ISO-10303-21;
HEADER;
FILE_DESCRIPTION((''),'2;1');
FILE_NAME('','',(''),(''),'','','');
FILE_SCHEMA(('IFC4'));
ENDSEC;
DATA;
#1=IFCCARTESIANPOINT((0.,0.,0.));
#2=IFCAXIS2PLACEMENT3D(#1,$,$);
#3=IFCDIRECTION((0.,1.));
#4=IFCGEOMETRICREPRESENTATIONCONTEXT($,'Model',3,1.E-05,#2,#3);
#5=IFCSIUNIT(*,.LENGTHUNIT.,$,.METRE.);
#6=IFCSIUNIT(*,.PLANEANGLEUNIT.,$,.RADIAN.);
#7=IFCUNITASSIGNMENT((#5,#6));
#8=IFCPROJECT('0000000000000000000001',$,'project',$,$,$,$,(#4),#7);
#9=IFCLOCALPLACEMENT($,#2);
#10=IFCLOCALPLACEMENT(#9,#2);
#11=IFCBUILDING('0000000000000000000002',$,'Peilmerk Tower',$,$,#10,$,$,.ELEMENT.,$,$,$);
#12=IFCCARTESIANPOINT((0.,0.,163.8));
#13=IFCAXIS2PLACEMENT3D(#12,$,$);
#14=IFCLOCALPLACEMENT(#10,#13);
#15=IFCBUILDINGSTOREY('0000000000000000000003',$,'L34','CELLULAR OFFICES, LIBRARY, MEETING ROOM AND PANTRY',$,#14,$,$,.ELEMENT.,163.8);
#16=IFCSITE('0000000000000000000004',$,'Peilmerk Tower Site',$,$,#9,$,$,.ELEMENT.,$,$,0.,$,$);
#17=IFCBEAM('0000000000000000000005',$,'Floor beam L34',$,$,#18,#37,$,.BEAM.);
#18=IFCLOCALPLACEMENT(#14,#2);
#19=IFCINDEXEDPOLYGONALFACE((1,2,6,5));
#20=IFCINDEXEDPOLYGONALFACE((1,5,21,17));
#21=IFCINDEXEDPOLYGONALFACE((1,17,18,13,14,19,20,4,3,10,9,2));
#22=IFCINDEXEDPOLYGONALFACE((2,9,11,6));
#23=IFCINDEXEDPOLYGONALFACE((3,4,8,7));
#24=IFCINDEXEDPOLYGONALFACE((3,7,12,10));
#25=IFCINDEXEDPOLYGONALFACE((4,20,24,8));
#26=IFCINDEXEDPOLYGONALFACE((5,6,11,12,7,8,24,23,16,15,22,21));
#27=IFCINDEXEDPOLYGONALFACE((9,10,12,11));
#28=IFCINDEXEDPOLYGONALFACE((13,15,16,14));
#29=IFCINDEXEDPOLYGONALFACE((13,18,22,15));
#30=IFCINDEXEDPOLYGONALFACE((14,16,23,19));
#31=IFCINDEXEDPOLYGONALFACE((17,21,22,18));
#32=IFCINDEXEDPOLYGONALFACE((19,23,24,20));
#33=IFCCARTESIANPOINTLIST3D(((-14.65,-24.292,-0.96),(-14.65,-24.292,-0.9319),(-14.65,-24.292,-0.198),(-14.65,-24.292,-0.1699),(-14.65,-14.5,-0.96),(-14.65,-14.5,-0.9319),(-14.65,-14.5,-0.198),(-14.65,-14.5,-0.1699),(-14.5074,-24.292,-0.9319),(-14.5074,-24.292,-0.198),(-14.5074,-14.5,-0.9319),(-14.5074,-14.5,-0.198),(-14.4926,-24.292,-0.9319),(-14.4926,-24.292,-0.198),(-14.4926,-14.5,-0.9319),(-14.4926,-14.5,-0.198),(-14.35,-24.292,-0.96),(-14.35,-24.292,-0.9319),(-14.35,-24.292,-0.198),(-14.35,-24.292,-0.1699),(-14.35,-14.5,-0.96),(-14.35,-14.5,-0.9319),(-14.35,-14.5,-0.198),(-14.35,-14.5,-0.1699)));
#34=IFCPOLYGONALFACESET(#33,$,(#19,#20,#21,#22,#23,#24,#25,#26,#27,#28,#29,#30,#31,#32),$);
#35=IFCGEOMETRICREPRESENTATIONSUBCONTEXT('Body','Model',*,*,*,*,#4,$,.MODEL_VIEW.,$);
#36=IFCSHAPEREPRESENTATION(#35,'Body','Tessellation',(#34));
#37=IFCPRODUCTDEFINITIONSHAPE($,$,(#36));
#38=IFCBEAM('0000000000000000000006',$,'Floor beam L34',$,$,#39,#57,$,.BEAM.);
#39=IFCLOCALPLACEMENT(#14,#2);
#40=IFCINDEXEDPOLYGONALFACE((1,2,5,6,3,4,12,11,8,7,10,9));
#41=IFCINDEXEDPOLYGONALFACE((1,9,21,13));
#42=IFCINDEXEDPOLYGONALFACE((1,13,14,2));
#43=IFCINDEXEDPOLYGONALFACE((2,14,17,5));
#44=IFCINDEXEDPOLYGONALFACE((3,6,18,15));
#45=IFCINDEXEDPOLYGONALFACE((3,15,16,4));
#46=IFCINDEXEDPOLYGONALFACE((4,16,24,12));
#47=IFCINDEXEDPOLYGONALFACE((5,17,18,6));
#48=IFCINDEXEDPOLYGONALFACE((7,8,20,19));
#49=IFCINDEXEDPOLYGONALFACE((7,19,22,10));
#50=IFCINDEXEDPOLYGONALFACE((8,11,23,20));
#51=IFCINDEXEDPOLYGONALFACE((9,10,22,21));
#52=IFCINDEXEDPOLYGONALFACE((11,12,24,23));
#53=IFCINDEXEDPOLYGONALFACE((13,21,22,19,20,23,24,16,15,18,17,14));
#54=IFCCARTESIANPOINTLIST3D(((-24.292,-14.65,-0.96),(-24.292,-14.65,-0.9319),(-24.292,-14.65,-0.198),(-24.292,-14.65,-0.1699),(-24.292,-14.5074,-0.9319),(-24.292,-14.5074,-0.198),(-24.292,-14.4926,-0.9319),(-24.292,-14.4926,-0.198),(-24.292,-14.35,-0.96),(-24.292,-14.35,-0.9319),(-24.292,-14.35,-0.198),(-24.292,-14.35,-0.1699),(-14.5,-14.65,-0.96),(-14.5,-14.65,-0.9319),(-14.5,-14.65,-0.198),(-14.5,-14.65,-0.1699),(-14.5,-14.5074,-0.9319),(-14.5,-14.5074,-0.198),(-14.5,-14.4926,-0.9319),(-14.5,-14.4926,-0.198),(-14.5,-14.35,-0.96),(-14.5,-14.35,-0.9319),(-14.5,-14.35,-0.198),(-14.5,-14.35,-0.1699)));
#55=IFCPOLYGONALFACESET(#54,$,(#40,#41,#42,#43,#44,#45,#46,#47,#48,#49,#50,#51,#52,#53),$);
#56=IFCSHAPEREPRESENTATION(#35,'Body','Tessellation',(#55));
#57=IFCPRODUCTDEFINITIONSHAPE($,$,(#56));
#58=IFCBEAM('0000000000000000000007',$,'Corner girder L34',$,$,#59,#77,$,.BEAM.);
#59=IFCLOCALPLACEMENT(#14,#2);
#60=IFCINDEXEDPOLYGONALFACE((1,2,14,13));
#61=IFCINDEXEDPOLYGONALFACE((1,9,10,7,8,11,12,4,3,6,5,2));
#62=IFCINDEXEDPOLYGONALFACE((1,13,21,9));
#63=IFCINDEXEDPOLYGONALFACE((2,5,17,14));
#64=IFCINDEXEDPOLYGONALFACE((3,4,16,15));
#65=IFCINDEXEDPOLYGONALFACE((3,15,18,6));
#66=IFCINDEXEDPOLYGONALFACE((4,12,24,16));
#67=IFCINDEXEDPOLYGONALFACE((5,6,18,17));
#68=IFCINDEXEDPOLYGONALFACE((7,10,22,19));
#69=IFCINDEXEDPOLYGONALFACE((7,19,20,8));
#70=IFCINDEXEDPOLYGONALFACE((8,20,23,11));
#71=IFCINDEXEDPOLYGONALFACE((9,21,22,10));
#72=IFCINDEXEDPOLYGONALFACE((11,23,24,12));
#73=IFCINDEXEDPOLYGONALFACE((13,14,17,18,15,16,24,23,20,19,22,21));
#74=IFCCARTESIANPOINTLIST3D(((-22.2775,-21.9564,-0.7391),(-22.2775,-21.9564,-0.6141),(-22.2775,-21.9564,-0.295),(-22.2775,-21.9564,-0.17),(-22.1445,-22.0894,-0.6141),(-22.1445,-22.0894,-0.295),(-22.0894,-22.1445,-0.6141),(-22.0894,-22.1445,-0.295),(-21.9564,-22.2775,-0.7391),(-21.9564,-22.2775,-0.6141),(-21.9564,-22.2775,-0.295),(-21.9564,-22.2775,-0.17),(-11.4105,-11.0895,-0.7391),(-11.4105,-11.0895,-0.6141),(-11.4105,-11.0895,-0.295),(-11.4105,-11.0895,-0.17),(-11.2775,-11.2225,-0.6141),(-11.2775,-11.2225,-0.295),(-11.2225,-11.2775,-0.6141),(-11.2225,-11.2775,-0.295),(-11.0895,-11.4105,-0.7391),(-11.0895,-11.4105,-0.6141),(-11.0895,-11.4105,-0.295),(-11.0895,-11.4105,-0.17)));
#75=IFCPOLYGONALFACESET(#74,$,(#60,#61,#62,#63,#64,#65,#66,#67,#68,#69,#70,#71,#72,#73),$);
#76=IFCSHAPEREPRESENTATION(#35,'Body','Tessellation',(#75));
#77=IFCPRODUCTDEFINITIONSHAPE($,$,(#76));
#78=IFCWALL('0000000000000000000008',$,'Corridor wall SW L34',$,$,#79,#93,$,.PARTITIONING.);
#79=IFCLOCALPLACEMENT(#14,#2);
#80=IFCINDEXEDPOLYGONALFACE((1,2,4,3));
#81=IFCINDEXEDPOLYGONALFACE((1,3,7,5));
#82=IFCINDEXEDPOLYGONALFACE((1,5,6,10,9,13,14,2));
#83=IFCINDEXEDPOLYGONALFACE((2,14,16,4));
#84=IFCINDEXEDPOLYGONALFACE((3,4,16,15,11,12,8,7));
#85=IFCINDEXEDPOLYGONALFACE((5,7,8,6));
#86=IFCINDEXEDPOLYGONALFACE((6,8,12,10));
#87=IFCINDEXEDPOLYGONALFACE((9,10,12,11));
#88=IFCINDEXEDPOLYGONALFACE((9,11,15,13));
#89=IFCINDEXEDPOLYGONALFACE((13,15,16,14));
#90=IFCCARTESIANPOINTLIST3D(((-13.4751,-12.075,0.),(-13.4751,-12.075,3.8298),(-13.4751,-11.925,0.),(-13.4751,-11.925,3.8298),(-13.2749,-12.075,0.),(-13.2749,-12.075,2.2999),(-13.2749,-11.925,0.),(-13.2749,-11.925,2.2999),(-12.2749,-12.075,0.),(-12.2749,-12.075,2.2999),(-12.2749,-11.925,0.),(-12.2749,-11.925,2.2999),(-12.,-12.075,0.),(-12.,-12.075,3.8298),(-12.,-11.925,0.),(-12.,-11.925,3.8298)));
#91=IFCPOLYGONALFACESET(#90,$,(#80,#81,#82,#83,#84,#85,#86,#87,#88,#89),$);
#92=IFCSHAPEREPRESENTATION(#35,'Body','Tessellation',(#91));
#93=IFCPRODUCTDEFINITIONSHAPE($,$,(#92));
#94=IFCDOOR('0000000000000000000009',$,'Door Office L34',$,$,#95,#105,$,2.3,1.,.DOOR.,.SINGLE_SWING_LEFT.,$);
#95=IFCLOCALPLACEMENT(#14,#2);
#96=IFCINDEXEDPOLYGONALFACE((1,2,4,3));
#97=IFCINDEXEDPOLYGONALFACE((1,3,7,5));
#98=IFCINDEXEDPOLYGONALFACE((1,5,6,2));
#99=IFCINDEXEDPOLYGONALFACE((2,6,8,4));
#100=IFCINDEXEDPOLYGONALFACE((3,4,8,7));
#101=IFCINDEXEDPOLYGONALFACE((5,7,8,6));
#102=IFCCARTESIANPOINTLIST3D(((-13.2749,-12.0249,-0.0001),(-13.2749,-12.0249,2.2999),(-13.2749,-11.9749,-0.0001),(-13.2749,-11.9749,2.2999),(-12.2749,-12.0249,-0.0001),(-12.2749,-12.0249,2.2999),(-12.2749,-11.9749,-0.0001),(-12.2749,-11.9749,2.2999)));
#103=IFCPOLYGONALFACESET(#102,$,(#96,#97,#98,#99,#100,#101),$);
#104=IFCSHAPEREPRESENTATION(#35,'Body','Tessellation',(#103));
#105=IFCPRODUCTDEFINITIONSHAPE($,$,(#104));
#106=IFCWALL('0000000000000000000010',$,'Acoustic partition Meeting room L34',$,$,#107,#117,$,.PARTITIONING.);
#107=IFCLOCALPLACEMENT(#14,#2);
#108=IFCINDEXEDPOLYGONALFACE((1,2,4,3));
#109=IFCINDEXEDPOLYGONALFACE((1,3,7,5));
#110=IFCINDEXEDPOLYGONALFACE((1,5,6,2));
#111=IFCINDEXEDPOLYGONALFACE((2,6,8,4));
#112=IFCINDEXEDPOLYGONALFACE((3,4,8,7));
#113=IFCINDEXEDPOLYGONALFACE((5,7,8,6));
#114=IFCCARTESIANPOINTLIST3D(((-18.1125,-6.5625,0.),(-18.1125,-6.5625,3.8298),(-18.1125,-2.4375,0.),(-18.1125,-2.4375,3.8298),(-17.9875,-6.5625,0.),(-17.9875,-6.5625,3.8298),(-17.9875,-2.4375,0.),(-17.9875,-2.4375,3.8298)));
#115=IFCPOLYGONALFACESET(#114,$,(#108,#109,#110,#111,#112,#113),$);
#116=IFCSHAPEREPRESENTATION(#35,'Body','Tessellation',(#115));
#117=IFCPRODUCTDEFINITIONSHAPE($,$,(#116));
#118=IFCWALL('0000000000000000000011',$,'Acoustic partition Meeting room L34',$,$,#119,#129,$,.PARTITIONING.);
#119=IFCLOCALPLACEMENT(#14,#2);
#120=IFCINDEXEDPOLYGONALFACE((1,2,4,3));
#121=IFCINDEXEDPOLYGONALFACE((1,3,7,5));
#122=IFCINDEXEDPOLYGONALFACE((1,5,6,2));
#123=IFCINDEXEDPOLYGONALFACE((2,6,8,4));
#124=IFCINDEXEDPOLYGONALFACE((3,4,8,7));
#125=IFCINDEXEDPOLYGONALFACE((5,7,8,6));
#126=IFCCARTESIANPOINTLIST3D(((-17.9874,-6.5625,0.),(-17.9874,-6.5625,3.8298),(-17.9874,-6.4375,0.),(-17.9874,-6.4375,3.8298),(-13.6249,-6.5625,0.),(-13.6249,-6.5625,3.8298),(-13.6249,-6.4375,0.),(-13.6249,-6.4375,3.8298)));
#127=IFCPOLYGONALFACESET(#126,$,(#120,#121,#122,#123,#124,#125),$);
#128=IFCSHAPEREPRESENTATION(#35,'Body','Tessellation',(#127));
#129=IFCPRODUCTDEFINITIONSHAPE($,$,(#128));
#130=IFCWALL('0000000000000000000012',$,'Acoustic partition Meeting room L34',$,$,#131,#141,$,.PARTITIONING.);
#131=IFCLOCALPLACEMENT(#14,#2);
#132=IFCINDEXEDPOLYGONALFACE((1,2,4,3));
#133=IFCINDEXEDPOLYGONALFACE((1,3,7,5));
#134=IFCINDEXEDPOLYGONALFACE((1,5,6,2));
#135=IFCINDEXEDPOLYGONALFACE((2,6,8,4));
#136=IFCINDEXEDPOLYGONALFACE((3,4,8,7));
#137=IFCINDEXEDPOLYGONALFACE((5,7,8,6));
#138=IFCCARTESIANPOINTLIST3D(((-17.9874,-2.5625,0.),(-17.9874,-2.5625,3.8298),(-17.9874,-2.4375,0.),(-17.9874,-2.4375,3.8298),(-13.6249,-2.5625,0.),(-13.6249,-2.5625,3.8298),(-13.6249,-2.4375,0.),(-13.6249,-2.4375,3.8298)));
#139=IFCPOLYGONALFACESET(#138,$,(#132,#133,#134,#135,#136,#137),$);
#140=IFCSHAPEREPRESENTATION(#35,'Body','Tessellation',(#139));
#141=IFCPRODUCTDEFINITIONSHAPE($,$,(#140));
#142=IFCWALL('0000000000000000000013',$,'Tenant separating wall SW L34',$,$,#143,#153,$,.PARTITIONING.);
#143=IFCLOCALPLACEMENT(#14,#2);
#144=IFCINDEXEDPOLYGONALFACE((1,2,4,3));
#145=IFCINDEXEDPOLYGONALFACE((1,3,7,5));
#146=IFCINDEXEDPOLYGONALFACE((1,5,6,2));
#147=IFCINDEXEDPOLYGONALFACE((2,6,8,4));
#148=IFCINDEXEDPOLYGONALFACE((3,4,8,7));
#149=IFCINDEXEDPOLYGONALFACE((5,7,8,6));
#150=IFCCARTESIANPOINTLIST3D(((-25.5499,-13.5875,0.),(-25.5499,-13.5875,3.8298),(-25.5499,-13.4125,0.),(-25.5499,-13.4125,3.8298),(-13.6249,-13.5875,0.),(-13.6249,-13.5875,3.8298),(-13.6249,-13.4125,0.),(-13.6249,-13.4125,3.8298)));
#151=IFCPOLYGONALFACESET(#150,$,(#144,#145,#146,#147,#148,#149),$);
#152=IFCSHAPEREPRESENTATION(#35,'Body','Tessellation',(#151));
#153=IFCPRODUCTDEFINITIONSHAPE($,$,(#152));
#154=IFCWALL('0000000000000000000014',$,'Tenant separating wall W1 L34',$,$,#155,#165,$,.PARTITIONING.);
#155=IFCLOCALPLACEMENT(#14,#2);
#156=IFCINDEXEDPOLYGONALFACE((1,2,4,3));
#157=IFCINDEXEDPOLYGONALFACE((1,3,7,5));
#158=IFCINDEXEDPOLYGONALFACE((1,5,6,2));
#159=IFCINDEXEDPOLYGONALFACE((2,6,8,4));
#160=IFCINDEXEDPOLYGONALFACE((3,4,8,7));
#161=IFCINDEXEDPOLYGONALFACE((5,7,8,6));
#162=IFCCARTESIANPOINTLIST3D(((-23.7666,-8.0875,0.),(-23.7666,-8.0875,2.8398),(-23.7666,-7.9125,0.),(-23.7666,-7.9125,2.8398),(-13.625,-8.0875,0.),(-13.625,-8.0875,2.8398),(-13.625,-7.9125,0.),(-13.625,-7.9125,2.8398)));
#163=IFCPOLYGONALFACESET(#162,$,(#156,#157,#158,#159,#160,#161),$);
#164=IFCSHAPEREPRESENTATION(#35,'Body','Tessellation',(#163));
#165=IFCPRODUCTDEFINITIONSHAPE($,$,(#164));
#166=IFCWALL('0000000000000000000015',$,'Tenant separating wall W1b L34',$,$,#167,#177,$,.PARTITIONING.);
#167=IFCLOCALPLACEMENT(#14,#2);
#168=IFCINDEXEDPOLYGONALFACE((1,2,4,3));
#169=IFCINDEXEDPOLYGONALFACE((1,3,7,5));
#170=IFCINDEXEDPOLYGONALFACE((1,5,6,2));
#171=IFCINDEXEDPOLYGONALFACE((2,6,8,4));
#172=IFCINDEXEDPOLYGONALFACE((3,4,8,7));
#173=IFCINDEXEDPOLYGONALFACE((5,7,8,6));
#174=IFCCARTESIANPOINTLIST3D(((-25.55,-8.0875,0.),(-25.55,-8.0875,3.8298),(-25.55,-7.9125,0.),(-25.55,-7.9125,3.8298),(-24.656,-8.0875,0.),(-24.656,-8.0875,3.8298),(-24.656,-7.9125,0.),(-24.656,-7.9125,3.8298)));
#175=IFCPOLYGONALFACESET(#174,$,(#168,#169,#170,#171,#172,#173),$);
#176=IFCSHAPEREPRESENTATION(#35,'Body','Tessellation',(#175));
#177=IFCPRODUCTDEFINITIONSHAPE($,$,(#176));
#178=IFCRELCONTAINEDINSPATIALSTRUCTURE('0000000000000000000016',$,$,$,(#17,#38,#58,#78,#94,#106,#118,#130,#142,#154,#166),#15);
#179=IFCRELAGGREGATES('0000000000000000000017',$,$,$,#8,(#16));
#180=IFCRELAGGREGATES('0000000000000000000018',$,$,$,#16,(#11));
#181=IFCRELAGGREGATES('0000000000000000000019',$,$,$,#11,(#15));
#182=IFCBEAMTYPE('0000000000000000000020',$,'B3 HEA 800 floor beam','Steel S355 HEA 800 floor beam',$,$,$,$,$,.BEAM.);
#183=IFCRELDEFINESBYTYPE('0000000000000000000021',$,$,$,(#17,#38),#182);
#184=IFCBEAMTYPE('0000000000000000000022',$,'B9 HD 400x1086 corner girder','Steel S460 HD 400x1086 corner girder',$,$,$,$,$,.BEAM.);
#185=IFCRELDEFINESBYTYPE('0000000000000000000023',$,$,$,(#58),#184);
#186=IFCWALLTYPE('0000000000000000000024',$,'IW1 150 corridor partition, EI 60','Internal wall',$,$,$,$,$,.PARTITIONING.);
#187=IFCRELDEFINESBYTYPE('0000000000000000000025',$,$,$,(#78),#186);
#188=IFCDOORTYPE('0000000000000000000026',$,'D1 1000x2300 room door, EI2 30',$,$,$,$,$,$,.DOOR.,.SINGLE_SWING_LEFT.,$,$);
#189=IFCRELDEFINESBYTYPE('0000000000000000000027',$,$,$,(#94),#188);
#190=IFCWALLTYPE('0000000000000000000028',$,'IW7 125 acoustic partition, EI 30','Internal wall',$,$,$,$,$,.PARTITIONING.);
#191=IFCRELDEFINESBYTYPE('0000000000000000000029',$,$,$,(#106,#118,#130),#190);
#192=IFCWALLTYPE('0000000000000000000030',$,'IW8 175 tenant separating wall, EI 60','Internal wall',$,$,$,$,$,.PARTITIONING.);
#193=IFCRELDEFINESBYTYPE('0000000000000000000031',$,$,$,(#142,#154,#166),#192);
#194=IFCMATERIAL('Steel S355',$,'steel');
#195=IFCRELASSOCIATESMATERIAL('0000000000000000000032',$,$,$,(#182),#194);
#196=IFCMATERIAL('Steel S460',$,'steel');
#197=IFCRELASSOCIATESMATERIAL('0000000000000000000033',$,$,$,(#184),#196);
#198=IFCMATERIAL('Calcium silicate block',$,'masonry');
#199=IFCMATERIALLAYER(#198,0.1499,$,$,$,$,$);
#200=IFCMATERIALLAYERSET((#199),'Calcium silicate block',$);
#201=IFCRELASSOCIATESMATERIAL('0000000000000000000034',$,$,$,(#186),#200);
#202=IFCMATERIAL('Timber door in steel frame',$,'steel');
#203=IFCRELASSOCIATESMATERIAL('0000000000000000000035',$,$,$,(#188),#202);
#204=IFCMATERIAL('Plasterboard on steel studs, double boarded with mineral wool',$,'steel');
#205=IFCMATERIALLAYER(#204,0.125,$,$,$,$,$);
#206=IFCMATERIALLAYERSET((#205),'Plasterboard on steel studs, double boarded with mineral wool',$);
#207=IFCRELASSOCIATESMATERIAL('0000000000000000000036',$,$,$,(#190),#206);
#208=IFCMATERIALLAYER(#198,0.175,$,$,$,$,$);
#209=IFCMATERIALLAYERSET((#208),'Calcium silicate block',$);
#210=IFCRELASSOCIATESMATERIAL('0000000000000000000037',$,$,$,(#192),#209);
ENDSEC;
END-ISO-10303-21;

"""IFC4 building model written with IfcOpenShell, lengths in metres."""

from ifc_helpers import new_model, si_unit, direction, frame, frame_2d, origin, origin_2d, place, context, subcontext, project, spatial, rectangle, i_section, extrude, material, layer, layer_set, material_profile, profile_set, type_object, element, fill, save


model = new_model("IFC4")

# Units and contexts
model_context = context("Model", 3, precision=1e-05, world=origin(), true_north=direction((0.0, 1.0)))
body_context = subcontext(model_context, "Body", "Model", "MODEL_VIEW")
ifc_project = project(units=[si_unit("LENGTHUNIT", "METRE"), si_unit("PLANEANGLEUNIT", "RADIAN")], contexts=[model_context])

# Site, building, storey
site_placement = place(None, origin())
site = spatial("IfcSite", under=ifc_project, at=site_placement, Name="Peilmerk Tower Site", CompositionType="ELEMENT", RefElevation=0.0)
building_placement = place(site_placement, origin())
building = spatial("IfcBuilding", under=site, at=building_placement, Name="Peilmerk Tower", CompositionType="ELEMENT")
storey_placement = place(building_placement, frame((0.0, 0.0, 163.8)))
storey = spatial("IfcBuildingStorey", under=building, at=storey_placement, Name="L34", Description="CELLULAR OFFICES, LIBRARY, MEETING ROOM AND PANTRY", CompositionType="ELEMENT", Elevation=163.8)

# Shared definitions
ifc_material_1 = material(Name="Steel S460", Category="steel")

# Beams
ifc_material_2 = material(Name="Steel S355", Category="steel")
ifc_material_profile_1 = material_profile(ifc_material_2, i_section(OverallWidth=0.3, OverallDepth=0.79, WebThickness=0.0149, FlangeThickness=0.0281, at=origin_2d()), Name="HEA 800")
ifc_profile_set_1 = profile_set([ifc_material_profile_1], Name="Steel S355")
beam_type_1 = type_object("IfcBeamType", Name="B3 HEA 800 floor beam", Description="Steel S355 HEA 800 floor beam", PredefinedType="BEAM", material=ifc_profile_set_1)
for number, where, z_axis, x_axis, name in (
    (1, (-14.5, -14.5, -0.5649), (0.0, -1.0, 0.0), (1.0, 0.0, 0.0), "Floor beam L34"),
    (2, (-14.5, -14.5, -0.5649), (-1.0, 0.0, 0.0), (0.0, -1.0, 0.0), "Floor beam L34"),
):
    element("IfcBeam", number, at=place(storey_placement, frame(where, z_axis=z_axis, x_axis=x_axis)), inside=storey, type_object=beam_type_1, Name=name, PredefinedType="BEAM", context=body_context, shape_type="SweptSolid", body=[
        extrude(i_section(OverallWidth=0.3, OverallDepth=0.79, WebThickness=0.0149, FlangeThickness=0.0281, at=origin_2d()), origin(), (0.0, 0.0, 1.0), 9.792),
    ])
ifc_material_profile_2 = material_profile(ifc_material_1, i_section(OverallWidth=0.4541, OverallDepth=0.5691, WebThickness=0.0779, FlangeThickness=0.125, at=origin_2d()), Name="HD 400x1086")
ifc_profile_set_2 = profile_set([ifc_material_profile_2], Name="Steel S460")
beam_type_2 = type_object("IfcBeamType", Name="B9 HD 400x1086 corner girder", Description="Steel S460 HD 400x1086 corner girder", PredefinedType="BEAM", material=ifc_profile_set_2)
beam_placement = place(storey_placement, frame((-11.25, -11.25, -0.4546), z_axis=(-0.707107, -0.707107, 0.0), x_axis=(0.707107, -0.707107, 0.0)))
element("IfcBeam", 3, at=beam_placement, inside=storey, type_object=beam_type_2, Name="Corner girder L34", PredefinedType="BEAM", context=body_context, shape_type="SweptSolid", body=[
    extrude(i_section(OverallWidth=0.4541, OverallDepth=0.5691, WebThickness=0.0779, FlangeThickness=0.125, at=origin_2d()), origin(), (0.0, 0.0, 1.0), 15.3682),
])

# Wall, opening, door
ifc_material_3 = material(Name="Calcium silicate block", Category="masonry")
ifc_layer_1 = layer(ifc_material_3, 0.1499)
ifc_layer_set_1 = layer_set([ifc_layer_1], Name="Calcium silicate block")
wall_type_1 = type_object("IfcWallType", Name="IW1 150 corridor partition, EI 60", Description="Internal wall", PredefinedType="PARTITIONING", material=ifc_layer_set_1)
wall_1_placement = place(storey_placement, frame((-12.0, -12.0, 0.0), z_axis=(0.0, 0.0, 1.0), x_axis=(-1.0, 0.0, 0.0)))
wall_1 = element("IfcWall", 4, at=wall_1_placement, inside=storey, type_object=wall_type_1, Name="Corridor wall SW L34", PredefinedType="PARTITIONING", context=body_context, shape_type="SweptSolid", body=[
    extrude(rectangle(XDim=1.4751, YDim=0.1499, at=frame_2d((0.7375, 0.0))), origin(), (0.0, 0.0, 1.0), 3.8298),
])
opening_1_placement = place(wall_1_placement, frame((0.2749, 0.0, 0.0)))
opening_1 = element("IfcOpeningElement", 5, at=opening_1_placement, cuts=wall_1, PredefinedType="OPENING", context=body_context, shape_type="SweptSolid", body=[
    extrude(rectangle(XDim=1.0, YDim=2.3, at=frame_2d((0.5, 1.1499))), frame((0.0, 0.085, 0.0), z_axis=(0.0, -1.0, 0.0), x_axis=(1.0, 0.0, 0.0)), (0.0, 0.0, 1.0), 0.1699),
])
ifc_material_4 = material(Name="Timber door in steel frame", Category="steel")
door_type_1 = type_object("IfcDoorType", Name="D1 1000x2300 room door, EI2 30", OperationType="SINGLE_SWING_LEFT", PredefinedType="DOOR", material=ifc_material_4)
door_1_placement = place(opening_1_placement, origin())
door_1 = element("IfcDoor", 6, at=door_1_placement, inside=storey, type_object=door_type_1, Name="Door Office L34", OperationType="SINGLE_SWING_LEFT", OverallHeight=2.3, OverallWidth=1.0, PredefinedType="DOOR", context=body_context, shape_type="SweptSolid", body=[
    extrude(rectangle(XDim=1.0, YDim=2.3, at=frame_2d((0.5, 1.1499))), frame((0.0, 0.0249, 0.0), z_axis=(0.0, -1.0, 0.0), x_axis=(1.0, 0.0, 0.0)), (0.0, 0.0, 1.0), 0.05),
])
fill(opening_1, door_1)

# Walls
ifc_material_5 = material(Name="Plasterboard on steel studs, double boarded with mineral wool", Category="steel")
ifc_layer_2 = layer(ifc_material_5, 0.125)
ifc_layer_set_2 = layer_set([ifc_layer_2], Name="Plasterboard on steel studs, double boarded with mineral wool")
wall_type_2 = type_object("IfcWallType", Name="IW7 125 acoustic partition, EI 30", Description="Internal wall", PredefinedType="PARTITIONING", material=ifc_layer_set_2)
wall_2_placement = place(storey_placement, frame((-18.05, -6.5625, 0.0), z_axis=(0.0, 0.0, 1.0), x_axis=(0.0, 1.0, 0.0)))
element("IfcWall", 7, at=wall_2_placement, inside=storey, type_object=wall_type_2, Name="Acoustic partition Meeting room L34", PredefinedType="PARTITIONING", context=body_context, shape_type="SweptSolid", body=[
    extrude(rectangle(XDim=4.125, YDim=0.125, at=frame_2d((2.0625, 0.0))), origin(), (0.0, 0.0, 1.0), 3.8298),
])
for number, where, z_axis, x_axis, name in (
    (8, (-13.625, -6.5, 0.0), (0.0, 0.0, 1.0), (-1.0, 0.0, 0.0), "Acoustic partition Meeting room L34"),
    (9, (-13.625, -2.5, 0.0), (0.0, 0.0, 1.0), (-1.0, 0.0, 0.0), "Acoustic partition Meeting room L34"),
):
    element("IfcWall", number, at=place(storey_placement, frame(where, z_axis=z_axis, x_axis=x_axis)), inside=storey, type_object=wall_type_2, Name=name, PredefinedType="PARTITIONING", context=body_context, shape_type="SweptSolid", body=[
        extrude(rectangle(XDim=4.3625, YDim=0.125, at=frame_2d((2.1812, 0.0))), origin(), (0.0, 0.0, 1.0), 3.8298),
    ])
ifc_layer_3 = layer(ifc_material_3, 0.175)
ifc_layer_set_3 = layer_set([ifc_layer_3], Name="Calcium silicate block")
wall_type_3 = type_object("IfcWallType", Name="IW8 175 tenant separating wall, EI 60", Description="Internal wall", PredefinedType="PARTITIONING", material=ifc_layer_set_3)
wall_3_placement = place(storey_placement, frame((-13.625, -13.5, 0.0), z_axis=(0.0, 0.0, 1.0), x_axis=(-1.0, 0.0, 0.0)))
element("IfcWall", 10, at=wall_3_placement, inside=storey, type_object=wall_type_3, Name="Tenant separating wall SW L34", PredefinedType="PARTITIONING", context=body_context, shape_type="SweptSolid", body=[
    extrude(rectangle(XDim=11.925, YDim=0.175, at=frame_2d((5.9624, 0.0))), origin(), (0.0, 0.0, 1.0), 3.8298),
])
wall_4_placement = place(storey_placement, frame((-13.625, -8.0, 0.0), z_axis=(0.0, 0.0, 1.0), x_axis=(-1.0, 0.0, 0.0)))
element("IfcWall", 11, at=wall_4_placement, inside=storey, type_object=wall_type_3, Name="Tenant separating wall W1 L34", PredefinedType="PARTITIONING", context=body_context, shape_type="SweptSolid", body=[
    extrude(rectangle(XDim=10.1416, YDim=0.175, at=frame_2d((5.0708, 0.0))), origin(), (0.0, 0.0, 1.0), 2.8398),
])
wall_5_placement = place(storey_placement, frame((-24.656, -8.0, 0.0), z_axis=(0.0, 0.0, 1.0), x_axis=(-1.0, 0.0, 0.0)))
element("IfcWall", 12, at=wall_5_placement, inside=storey, type_object=wall_type_3, Name="Tenant separating wall W1b L34", PredefinedType="PARTITIONING", context=body_context, shape_type="SweptSolid", body=[
    extrude(rectangle(XDim=0.894, YDim=0.175, at=frame_2d((0.447, 0.0))), origin(), (0.0, 0.0, 1.0), 3.8298),
])

save(model, "model.ifc")
